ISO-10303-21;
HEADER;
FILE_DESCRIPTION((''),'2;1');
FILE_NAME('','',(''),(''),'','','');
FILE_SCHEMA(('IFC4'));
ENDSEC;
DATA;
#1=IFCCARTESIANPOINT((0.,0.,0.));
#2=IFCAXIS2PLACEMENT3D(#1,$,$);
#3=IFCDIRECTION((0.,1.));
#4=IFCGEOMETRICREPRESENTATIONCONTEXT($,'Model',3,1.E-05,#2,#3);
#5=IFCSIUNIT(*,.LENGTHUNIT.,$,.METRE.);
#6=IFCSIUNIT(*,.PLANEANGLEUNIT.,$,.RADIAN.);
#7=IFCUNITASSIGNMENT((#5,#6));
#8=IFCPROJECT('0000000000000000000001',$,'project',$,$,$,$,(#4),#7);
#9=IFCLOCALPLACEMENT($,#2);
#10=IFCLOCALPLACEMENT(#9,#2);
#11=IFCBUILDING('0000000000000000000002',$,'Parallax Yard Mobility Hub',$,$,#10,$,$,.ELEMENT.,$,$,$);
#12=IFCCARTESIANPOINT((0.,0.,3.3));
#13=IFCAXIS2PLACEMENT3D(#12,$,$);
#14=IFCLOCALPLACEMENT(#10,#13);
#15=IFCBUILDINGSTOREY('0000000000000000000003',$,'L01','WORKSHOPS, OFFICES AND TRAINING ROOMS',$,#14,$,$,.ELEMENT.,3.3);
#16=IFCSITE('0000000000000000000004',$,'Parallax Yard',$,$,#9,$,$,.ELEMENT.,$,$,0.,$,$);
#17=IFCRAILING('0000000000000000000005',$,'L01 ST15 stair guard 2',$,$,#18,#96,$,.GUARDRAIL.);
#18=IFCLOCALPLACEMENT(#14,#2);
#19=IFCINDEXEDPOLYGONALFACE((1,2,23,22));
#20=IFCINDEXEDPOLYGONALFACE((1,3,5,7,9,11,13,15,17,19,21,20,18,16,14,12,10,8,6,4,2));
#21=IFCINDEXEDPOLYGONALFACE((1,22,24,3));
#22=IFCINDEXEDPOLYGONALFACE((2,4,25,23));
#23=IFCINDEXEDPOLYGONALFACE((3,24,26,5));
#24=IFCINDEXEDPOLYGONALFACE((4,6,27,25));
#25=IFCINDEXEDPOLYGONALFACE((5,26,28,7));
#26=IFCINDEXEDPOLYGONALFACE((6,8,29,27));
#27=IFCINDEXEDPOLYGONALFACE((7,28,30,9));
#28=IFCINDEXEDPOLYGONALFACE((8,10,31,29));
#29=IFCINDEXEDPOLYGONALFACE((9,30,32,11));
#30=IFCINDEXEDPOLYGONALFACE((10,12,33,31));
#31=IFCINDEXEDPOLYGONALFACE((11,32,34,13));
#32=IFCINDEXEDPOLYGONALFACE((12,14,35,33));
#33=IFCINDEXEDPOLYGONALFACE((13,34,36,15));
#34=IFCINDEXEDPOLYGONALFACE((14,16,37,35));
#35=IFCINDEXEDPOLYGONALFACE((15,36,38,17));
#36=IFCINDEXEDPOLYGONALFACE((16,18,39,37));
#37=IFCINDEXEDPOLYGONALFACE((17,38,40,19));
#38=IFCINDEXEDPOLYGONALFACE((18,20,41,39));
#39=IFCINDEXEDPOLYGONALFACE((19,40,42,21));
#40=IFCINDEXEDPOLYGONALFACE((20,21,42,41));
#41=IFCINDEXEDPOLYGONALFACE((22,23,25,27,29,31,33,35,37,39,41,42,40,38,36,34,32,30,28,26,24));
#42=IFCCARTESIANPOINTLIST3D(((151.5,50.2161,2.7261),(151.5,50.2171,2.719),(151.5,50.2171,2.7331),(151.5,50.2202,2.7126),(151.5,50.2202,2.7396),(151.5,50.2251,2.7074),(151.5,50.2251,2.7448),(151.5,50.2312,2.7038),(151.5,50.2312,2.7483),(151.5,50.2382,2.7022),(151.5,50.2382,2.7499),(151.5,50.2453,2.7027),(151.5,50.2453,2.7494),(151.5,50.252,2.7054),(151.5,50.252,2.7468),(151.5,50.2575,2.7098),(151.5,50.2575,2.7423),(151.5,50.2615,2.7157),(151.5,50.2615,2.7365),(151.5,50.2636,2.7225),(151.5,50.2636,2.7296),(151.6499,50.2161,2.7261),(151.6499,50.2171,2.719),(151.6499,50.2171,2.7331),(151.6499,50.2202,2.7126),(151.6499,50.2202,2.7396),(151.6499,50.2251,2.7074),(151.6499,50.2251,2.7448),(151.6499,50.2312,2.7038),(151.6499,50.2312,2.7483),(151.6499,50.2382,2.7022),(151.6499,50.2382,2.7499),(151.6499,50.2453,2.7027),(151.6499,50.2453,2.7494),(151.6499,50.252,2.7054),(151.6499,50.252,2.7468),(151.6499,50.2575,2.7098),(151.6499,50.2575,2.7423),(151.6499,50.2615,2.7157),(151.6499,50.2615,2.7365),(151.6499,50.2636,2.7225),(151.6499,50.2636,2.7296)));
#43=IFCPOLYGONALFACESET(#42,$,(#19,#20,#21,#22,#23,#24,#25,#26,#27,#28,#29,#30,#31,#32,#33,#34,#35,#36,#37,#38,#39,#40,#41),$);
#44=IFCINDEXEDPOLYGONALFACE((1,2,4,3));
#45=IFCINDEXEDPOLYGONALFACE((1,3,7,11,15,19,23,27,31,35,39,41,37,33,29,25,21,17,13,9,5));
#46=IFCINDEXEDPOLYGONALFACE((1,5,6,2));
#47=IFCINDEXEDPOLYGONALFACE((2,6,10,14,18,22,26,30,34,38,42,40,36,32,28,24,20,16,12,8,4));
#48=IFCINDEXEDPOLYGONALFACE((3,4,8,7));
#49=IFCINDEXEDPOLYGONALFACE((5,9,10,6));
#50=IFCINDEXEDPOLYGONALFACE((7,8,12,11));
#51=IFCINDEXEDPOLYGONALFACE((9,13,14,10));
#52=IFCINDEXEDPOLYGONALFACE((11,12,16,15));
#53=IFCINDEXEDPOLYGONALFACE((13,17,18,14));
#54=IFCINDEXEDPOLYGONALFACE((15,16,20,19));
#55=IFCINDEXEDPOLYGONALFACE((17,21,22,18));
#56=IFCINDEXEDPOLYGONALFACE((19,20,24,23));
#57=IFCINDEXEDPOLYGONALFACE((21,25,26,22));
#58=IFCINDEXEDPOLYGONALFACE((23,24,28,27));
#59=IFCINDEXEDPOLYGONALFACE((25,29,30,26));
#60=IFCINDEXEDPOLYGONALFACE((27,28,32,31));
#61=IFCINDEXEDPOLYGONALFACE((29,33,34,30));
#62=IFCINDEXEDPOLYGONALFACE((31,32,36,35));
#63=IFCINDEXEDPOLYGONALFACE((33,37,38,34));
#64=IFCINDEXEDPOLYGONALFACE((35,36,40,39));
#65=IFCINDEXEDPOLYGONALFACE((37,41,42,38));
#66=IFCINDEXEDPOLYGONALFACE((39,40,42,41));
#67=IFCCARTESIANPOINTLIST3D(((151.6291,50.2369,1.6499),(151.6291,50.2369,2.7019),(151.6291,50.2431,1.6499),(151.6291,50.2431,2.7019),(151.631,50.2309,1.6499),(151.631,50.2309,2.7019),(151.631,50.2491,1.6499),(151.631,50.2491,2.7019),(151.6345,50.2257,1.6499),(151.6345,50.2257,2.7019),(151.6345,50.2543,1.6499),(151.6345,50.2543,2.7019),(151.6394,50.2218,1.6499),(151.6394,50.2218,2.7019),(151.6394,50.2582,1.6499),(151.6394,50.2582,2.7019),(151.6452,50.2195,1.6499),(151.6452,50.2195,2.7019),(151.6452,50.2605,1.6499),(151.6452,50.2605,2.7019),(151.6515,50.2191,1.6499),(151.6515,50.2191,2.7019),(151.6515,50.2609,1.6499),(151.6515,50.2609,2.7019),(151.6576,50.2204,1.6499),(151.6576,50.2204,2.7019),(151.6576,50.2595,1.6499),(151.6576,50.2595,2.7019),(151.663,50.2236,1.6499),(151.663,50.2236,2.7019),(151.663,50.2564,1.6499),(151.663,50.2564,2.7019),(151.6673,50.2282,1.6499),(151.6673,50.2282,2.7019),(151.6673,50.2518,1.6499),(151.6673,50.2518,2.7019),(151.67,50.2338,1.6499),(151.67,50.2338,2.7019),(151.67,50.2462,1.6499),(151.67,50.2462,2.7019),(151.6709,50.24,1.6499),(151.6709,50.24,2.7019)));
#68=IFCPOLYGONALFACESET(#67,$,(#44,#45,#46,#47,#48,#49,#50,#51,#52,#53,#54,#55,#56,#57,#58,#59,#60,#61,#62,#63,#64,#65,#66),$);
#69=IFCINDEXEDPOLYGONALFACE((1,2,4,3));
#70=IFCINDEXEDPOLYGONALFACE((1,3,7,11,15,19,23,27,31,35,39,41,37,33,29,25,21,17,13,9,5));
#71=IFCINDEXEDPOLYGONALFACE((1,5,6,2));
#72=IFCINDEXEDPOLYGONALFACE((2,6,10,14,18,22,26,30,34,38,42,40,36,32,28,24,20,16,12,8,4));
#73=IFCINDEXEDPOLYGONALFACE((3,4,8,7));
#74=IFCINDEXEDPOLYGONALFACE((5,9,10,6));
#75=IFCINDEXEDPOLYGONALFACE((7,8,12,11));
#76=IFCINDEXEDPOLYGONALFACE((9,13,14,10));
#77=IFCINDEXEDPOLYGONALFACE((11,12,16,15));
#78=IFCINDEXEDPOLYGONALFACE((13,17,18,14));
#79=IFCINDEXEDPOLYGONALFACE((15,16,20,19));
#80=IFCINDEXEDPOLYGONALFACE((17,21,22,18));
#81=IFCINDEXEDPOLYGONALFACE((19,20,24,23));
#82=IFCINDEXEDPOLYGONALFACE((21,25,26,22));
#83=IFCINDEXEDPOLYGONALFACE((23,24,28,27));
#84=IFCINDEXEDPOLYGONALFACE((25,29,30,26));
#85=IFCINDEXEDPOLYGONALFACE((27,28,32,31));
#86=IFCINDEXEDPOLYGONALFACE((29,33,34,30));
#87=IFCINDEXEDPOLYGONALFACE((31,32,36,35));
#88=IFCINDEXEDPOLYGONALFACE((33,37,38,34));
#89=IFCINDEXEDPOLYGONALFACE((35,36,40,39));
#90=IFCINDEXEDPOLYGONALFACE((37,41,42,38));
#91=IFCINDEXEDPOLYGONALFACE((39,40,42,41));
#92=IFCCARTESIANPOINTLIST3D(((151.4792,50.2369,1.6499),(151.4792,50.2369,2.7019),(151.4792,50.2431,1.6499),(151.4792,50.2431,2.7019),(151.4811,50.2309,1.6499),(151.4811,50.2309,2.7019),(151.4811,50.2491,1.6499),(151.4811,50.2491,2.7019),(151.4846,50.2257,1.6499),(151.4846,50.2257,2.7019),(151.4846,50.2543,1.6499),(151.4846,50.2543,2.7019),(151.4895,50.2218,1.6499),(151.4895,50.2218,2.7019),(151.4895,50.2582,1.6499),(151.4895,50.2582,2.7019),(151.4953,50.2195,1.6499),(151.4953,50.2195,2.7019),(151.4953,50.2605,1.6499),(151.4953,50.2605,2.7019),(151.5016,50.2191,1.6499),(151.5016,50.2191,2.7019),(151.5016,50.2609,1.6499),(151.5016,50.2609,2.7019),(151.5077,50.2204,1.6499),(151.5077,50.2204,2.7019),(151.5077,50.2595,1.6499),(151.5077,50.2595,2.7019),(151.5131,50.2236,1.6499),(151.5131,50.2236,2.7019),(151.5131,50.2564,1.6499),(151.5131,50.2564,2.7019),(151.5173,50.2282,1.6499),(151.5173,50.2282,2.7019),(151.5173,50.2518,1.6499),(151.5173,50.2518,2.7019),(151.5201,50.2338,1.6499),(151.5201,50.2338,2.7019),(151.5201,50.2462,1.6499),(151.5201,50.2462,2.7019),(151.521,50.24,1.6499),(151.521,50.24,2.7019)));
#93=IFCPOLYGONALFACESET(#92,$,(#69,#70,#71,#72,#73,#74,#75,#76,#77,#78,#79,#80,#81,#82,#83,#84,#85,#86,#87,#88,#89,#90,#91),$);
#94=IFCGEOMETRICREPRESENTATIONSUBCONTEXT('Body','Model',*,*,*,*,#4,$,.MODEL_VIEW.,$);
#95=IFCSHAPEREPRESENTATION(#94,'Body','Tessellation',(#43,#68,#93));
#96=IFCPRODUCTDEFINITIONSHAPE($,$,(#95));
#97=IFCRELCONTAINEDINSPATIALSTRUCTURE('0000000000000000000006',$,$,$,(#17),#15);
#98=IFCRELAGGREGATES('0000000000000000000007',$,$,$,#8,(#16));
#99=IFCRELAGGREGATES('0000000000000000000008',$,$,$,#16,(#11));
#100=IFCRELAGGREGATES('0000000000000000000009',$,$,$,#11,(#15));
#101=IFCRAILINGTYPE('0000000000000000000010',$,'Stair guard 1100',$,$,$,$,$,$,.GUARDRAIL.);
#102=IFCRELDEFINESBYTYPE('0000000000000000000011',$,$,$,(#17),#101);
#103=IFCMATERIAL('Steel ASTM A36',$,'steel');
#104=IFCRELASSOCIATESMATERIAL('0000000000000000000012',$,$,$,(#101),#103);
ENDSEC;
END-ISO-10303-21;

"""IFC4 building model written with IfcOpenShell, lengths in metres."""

from ifc_helpers import new_model, si_unit, direction, frame, origin, origin_2d, place, context, subcontext, project, spatial, circle, extrude, material, type_object, element, save


model = new_model("IFC4")

# Units and contexts
model_context = context("Model", 3, precision=1e-05, world=origin(), true_north=direction((0.0, 1.0)))
body_context = subcontext(model_context, "Body", "Model", "MODEL_VIEW")
ifc_project = project(units=[si_unit("LENGTHUNIT", "METRE"), si_unit("PLANEANGLEUNIT", "RADIAN")], contexts=[model_context])

# Site, building, storey
site_placement = place(None, origin())
site = spatial("IfcSite", under=ifc_project, at=site_placement, Name="Parallax Yard", CompositionType="ELEMENT", RefElevation=0.0)
building_placement = place(site_placement, origin())
building = spatial("IfcBuilding", under=site, at=building_placement, Name="Parallax Yard Mobility Hub", CompositionType="ELEMENT")
storey_placement = place(building_placement, frame((0.0, 0.0, 3.3)))
storey = spatial("IfcBuildingStorey", under=building, at=storey_placement, Name="L01", Description="WORKSHOPS, OFFICES AND TRAINING ROOMS", CompositionType="ELEMENT", Elevation=3.3)

# Railing
ifc_material_1 = material(Name="Steel ASTM A36", Category="steel")
railing_type_1 = type_object("IfcRailingType", Name="Stair guard 1100", PredefinedType="GUARDRAIL", material=ifc_material_1)
railing_1_placement = place(storey_placement, frame((151.6499, 50.24, 1.6499)))
element("IfcRailing", 1, at=railing_1_placement, inside=storey, type_object=railing_type_1, Name="L01 ST15 stair guard 2", PredefinedType="GUARDRAIL", context=body_context, shape_type="SweptSolid", body=[
    extrude(circle(Radius=0.0239, at=origin_2d()), frame((0.0, 0.0, 1.0762), z_axis=(-1.0, 0.0, 0.0), x_axis=(0.0, -1.0, 0.0)), (0.0, 0.0, 1.0), 0.1499),
    extrude(circle(Radius=0.021, at=origin_2d()), origin(), (0.0, 0.0, 1.0), 1.052),
    extrude(circle(Radius=0.021, at=origin_2d()), frame((-0.1499, 0.0, 0.0)), (0.0, 0.0, 1.0), 1.052),
])

save(model, "model.ifc")
